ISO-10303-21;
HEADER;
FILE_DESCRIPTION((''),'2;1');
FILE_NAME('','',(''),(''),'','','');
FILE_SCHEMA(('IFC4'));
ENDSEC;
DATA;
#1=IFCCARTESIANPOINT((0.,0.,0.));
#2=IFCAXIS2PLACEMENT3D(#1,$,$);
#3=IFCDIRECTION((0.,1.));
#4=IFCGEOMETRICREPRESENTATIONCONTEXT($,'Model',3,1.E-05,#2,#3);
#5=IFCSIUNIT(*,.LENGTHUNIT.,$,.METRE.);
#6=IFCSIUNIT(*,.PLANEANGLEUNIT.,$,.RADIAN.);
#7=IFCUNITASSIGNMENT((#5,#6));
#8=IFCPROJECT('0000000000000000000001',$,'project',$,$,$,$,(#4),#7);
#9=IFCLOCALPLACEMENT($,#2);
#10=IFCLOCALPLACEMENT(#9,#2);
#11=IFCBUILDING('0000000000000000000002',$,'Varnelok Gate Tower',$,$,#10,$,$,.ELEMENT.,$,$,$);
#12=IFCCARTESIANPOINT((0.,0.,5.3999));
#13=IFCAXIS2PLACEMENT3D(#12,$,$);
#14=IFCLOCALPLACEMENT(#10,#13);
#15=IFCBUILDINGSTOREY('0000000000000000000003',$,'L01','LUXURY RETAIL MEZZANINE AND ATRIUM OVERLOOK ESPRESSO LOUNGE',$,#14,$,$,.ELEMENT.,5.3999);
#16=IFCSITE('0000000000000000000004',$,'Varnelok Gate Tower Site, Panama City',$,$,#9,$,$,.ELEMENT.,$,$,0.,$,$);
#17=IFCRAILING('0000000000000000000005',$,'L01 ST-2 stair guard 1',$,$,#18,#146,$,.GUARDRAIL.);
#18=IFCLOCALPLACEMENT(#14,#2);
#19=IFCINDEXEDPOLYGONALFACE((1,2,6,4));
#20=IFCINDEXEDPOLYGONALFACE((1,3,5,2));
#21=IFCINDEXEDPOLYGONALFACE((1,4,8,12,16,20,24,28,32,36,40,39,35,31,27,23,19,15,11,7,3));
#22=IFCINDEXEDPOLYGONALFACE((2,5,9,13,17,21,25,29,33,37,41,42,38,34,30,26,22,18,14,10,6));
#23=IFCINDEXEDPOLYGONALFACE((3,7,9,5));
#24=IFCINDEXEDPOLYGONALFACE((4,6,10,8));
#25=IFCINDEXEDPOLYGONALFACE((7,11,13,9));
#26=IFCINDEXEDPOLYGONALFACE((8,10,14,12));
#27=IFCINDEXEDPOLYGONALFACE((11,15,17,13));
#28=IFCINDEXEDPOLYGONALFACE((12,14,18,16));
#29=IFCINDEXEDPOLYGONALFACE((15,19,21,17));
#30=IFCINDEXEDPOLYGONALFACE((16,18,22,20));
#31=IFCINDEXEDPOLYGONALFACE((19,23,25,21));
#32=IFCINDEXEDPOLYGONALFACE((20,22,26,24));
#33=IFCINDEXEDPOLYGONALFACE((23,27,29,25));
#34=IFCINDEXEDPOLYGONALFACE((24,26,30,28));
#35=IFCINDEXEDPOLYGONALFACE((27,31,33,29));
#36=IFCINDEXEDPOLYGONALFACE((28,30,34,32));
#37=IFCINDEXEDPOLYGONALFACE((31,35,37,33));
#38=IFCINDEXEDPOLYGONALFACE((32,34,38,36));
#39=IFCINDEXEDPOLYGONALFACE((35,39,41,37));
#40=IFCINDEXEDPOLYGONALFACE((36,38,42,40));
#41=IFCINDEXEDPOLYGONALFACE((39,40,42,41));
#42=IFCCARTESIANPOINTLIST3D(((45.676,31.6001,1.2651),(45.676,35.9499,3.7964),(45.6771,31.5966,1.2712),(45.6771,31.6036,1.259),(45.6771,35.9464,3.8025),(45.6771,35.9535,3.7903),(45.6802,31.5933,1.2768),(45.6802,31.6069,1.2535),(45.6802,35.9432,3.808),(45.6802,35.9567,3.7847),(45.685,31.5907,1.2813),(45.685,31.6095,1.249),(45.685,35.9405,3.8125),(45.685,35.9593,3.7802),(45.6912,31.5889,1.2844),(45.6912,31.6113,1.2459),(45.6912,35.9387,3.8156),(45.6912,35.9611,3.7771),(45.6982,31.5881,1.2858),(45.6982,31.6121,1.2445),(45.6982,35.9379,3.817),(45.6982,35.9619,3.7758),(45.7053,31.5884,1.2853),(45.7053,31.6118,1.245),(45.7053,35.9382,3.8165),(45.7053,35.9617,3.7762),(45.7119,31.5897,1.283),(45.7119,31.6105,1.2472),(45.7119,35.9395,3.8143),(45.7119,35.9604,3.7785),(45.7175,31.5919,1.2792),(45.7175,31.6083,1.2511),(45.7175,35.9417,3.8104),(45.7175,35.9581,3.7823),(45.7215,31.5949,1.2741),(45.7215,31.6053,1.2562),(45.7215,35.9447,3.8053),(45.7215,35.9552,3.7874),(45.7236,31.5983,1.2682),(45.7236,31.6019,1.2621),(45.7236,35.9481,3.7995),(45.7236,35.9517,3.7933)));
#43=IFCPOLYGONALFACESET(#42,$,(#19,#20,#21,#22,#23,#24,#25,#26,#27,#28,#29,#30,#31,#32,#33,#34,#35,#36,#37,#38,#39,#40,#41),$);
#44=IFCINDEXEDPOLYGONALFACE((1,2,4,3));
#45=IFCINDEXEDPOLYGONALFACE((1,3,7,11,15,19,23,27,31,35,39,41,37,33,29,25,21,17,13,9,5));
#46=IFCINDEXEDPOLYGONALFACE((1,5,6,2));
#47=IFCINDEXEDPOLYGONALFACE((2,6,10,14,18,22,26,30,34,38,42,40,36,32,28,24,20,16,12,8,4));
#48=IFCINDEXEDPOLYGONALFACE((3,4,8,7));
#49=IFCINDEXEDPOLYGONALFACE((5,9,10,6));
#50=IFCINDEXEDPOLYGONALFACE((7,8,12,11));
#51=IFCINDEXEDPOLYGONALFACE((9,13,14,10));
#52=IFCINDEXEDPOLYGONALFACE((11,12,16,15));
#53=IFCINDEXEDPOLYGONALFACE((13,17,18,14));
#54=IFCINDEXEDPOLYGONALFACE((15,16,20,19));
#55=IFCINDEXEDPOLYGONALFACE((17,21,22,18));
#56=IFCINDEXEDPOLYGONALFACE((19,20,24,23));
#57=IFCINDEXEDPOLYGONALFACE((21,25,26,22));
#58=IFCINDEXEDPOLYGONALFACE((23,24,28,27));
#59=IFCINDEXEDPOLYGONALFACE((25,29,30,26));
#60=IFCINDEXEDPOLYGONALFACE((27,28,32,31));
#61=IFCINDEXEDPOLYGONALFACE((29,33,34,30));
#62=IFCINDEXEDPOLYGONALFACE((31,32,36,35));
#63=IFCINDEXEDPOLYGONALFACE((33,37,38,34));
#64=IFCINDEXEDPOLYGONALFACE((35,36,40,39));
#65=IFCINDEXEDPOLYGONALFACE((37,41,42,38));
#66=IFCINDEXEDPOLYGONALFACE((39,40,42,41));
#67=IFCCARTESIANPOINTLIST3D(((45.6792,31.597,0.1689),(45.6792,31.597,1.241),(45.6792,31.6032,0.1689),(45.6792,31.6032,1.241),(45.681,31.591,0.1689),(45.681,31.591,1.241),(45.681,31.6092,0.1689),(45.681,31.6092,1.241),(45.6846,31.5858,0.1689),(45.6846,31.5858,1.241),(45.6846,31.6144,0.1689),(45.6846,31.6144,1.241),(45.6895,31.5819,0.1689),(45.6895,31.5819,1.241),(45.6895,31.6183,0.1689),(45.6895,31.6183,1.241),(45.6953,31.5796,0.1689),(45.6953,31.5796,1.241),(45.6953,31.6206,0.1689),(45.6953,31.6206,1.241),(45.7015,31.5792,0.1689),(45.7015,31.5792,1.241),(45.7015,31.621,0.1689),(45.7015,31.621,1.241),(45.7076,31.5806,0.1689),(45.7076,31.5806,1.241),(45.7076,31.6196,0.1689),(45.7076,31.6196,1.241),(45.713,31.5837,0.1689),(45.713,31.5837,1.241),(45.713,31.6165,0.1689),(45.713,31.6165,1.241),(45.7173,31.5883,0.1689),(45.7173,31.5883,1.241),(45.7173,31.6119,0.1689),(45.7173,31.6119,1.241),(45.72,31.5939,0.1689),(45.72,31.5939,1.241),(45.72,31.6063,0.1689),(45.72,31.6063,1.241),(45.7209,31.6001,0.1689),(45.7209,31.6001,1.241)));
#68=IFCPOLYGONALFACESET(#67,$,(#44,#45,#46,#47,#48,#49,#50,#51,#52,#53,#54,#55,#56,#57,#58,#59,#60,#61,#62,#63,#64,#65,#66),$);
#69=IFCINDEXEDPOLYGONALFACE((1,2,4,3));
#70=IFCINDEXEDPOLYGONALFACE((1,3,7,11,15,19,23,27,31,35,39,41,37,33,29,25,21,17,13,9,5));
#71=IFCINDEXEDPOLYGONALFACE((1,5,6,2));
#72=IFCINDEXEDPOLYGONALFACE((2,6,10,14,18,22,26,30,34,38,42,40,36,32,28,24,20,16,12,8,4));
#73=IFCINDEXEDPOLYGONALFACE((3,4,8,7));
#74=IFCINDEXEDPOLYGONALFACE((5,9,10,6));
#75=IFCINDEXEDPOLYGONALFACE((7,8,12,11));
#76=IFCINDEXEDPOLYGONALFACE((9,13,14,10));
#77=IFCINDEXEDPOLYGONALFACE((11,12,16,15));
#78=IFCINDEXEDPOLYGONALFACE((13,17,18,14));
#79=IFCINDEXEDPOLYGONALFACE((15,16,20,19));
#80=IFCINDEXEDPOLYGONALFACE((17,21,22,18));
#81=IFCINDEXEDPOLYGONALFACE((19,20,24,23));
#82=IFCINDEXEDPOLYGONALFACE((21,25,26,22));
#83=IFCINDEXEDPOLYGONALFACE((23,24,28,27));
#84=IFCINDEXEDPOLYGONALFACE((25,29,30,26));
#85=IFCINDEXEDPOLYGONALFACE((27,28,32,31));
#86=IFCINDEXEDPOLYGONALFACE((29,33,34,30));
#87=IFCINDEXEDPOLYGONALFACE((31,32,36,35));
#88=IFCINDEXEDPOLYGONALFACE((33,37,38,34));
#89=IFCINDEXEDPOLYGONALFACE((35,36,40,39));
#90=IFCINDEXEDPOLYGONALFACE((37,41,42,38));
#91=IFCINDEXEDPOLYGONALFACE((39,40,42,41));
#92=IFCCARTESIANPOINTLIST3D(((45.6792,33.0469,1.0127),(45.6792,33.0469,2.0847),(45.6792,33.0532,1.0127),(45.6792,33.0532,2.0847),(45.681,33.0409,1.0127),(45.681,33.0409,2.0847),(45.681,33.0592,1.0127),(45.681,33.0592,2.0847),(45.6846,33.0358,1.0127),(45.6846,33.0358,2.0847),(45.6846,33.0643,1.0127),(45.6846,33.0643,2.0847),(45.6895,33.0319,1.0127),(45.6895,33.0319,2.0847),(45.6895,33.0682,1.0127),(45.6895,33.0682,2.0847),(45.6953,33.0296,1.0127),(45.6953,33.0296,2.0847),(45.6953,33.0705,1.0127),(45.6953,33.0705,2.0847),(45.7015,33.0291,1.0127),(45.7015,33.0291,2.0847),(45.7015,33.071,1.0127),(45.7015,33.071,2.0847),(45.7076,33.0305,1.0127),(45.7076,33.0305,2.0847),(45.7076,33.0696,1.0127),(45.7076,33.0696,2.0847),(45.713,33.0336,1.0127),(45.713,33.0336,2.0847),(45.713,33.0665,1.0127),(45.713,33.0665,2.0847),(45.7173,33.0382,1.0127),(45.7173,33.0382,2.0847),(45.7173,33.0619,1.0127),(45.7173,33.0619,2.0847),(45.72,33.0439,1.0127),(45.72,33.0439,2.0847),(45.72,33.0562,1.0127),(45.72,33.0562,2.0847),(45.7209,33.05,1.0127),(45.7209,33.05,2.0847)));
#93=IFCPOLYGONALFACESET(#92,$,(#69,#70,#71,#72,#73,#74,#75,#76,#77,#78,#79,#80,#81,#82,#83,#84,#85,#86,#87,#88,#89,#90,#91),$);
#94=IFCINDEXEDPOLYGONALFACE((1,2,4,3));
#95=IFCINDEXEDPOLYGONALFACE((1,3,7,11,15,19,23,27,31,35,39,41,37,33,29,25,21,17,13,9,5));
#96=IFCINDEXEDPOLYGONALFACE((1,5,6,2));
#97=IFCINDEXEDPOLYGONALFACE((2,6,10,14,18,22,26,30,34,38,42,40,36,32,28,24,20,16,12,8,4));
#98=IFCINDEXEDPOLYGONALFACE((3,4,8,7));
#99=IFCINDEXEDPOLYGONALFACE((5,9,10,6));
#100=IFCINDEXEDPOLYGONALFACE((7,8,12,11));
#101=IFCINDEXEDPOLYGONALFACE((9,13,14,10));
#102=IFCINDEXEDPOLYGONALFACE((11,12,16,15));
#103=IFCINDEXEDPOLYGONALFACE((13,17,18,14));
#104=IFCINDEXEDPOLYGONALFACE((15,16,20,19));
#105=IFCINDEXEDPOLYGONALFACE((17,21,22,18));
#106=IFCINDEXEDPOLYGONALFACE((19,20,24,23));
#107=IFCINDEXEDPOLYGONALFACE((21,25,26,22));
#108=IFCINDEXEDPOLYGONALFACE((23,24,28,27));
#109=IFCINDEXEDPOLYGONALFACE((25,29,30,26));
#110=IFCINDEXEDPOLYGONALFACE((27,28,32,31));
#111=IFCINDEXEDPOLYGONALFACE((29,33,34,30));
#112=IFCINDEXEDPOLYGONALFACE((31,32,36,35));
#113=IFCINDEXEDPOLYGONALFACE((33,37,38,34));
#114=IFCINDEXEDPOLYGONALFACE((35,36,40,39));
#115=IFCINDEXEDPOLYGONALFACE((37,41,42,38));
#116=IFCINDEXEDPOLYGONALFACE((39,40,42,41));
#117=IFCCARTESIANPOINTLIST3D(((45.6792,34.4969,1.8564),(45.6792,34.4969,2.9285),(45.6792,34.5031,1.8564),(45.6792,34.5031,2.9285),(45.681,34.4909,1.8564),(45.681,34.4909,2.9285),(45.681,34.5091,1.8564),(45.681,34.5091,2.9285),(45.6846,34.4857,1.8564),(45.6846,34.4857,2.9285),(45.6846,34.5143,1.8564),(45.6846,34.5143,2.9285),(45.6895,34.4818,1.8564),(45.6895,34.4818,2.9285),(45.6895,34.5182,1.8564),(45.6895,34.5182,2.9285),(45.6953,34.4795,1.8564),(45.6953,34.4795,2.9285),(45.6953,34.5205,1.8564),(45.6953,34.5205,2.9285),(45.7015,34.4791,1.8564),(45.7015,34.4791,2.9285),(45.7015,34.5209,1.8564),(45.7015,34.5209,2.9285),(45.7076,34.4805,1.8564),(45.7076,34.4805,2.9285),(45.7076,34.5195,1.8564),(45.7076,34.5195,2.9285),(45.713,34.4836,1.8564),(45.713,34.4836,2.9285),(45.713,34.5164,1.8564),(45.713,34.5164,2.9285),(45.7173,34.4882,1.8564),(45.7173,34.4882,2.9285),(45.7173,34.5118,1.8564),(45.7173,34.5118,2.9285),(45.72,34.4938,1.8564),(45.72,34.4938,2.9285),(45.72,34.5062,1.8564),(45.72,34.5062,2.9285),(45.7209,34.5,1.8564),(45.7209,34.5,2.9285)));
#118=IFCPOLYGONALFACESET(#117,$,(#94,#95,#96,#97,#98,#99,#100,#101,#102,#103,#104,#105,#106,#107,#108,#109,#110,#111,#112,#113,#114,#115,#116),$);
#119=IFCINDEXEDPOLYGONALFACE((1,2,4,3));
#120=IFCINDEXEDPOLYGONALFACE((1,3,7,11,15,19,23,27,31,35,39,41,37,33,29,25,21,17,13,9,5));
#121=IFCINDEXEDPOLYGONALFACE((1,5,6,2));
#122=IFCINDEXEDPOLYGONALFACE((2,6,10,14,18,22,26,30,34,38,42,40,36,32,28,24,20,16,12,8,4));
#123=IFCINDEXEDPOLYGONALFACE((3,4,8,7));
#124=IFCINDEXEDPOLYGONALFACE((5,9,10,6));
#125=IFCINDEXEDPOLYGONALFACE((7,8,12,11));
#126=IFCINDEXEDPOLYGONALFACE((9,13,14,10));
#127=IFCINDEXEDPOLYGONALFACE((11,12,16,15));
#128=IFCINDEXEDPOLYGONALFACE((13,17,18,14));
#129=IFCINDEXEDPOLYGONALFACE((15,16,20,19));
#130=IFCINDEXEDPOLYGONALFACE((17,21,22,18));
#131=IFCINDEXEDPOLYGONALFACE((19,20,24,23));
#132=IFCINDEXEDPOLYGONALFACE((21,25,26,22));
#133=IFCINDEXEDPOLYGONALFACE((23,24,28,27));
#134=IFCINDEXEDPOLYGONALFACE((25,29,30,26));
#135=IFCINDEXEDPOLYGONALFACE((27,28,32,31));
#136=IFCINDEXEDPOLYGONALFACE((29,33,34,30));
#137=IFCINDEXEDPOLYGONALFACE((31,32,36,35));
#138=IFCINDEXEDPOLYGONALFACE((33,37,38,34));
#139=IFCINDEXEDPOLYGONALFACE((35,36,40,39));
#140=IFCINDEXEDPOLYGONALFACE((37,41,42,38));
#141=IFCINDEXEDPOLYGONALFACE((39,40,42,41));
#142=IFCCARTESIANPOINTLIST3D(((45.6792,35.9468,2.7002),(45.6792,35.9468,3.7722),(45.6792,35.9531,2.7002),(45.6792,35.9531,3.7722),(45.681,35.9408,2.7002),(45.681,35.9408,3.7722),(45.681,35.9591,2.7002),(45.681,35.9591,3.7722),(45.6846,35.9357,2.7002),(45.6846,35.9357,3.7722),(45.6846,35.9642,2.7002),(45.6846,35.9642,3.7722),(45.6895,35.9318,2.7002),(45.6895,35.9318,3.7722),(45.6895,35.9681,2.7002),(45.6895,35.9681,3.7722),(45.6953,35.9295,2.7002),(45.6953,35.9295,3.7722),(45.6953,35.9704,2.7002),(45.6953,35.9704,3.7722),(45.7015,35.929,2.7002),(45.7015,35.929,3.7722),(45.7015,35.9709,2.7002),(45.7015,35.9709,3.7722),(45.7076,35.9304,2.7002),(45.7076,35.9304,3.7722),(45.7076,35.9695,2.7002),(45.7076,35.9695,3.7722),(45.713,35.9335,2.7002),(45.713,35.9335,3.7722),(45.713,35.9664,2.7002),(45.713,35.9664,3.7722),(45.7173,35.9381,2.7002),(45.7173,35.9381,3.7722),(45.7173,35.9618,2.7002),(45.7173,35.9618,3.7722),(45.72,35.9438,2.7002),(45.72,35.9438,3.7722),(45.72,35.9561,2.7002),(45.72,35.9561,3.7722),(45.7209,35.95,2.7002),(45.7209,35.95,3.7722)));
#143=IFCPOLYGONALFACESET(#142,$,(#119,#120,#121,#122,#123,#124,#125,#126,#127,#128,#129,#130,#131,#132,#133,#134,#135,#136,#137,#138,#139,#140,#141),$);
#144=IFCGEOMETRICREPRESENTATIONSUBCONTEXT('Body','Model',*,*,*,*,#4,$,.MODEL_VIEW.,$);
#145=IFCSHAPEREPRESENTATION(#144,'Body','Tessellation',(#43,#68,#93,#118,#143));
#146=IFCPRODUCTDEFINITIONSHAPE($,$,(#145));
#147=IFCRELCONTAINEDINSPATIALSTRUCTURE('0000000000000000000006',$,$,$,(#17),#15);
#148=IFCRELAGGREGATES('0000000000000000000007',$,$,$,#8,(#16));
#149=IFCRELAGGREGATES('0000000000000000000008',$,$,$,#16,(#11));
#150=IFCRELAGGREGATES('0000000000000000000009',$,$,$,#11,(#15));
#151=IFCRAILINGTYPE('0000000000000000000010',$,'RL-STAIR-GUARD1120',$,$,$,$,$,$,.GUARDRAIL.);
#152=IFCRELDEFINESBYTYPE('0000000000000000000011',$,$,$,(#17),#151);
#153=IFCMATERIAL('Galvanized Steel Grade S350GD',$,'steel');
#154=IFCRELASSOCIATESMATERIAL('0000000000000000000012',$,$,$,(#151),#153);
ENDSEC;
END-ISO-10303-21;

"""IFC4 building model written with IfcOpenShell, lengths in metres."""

from ifc_helpers import new_model, si_unit, direction, frame, origin, origin_2d, place, context, subcontext, project, spatial, circle, extrude, material, type_object, element, save


model = new_model("IFC4")

# Units and contexts
model_context = context("Model", 3, precision=1e-05, world=origin(), true_north=direction((0.0, 1.0)))
body_context = subcontext(model_context, "Body", "Model", "MODEL_VIEW")
ifc_project = project(units=[si_unit("LENGTHUNIT", "METRE"), si_unit("PLANEANGLEUNIT", "RADIAN")], contexts=[model_context])

# Site, building, storey
site_placement = place(None, origin())
site = spatial("IfcSite", under=ifc_project, at=site_placement, Name="Varnelok Gate Tower Site, Panama City", CompositionType="ELEMENT", RefElevation=0.0)
building_placement = place(site_placement, origin())
building = spatial("IfcBuilding", under=site, at=building_placement, Name="Varnelok Gate Tower", CompositionType="ELEMENT")
storey_placement = place(building_placement, frame((0.0, 0.0, 5.3999)))
storey = spatial("IfcBuildingStorey", under=building, at=storey_placement, Name="L01", Description="LUXURY RETAIL MEZZANINE AND ATRIUM OVERLOOK ESPRESSO LOUNGE", CompositionType="ELEMENT", Elevation=5.3999)

# Shared definitions
ifc_material_1 = material(Name="Galvanized Steel Grade S350GD", Category="steel")

# Railing
railing_type_1 = type_object("IfcRailingType", Name="RL-STAIR-GUARD1120", PredefinedType="GUARDRAIL", material=ifc_material_1)
railing_1_placement = place(storey_placement, frame((45.7, 31.6001, 0.1689)))
element("IfcRailing", 1, at=railing_1_placement, inside=storey, type_object=railing_type_1, Name="L01 ST-2 stair guard 1", PredefinedType="GUARDRAIL", context=body_context, shape_type="SweptSolid", body=[
    extrude(circle(Radius=0.0239, at=origin_2d()), frame((0.0, 0.0, 1.0962), z_axis=(0.0, 0.864312, 0.502957), x_axis=(-1.0, 0.0, 0.0)), (0.0, 0.0, 1.0), 5.0327),
    extrude(circle(Radius=0.021, at=origin_2d()), origin(), (0.0, 0.0, 1.0), 1.072),
    extrude(circle(Radius=0.021, at=origin_2d()), frame((0.0, 1.45, 0.8438)), (0.0, 0.0, 1.0), 1.072),
    extrude(circle(Radius=0.021, at=origin_2d()), frame((0.0, 2.8999, 1.6875)), (0.0, 0.0, 1.0), 1.072),
    extrude(circle(Radius=0.021, at=origin_2d()), frame((0.0, 4.3499, 2.5312)), (0.0, 0.0, 1.0), 1.072),
])

save(model, "model.ifc")
